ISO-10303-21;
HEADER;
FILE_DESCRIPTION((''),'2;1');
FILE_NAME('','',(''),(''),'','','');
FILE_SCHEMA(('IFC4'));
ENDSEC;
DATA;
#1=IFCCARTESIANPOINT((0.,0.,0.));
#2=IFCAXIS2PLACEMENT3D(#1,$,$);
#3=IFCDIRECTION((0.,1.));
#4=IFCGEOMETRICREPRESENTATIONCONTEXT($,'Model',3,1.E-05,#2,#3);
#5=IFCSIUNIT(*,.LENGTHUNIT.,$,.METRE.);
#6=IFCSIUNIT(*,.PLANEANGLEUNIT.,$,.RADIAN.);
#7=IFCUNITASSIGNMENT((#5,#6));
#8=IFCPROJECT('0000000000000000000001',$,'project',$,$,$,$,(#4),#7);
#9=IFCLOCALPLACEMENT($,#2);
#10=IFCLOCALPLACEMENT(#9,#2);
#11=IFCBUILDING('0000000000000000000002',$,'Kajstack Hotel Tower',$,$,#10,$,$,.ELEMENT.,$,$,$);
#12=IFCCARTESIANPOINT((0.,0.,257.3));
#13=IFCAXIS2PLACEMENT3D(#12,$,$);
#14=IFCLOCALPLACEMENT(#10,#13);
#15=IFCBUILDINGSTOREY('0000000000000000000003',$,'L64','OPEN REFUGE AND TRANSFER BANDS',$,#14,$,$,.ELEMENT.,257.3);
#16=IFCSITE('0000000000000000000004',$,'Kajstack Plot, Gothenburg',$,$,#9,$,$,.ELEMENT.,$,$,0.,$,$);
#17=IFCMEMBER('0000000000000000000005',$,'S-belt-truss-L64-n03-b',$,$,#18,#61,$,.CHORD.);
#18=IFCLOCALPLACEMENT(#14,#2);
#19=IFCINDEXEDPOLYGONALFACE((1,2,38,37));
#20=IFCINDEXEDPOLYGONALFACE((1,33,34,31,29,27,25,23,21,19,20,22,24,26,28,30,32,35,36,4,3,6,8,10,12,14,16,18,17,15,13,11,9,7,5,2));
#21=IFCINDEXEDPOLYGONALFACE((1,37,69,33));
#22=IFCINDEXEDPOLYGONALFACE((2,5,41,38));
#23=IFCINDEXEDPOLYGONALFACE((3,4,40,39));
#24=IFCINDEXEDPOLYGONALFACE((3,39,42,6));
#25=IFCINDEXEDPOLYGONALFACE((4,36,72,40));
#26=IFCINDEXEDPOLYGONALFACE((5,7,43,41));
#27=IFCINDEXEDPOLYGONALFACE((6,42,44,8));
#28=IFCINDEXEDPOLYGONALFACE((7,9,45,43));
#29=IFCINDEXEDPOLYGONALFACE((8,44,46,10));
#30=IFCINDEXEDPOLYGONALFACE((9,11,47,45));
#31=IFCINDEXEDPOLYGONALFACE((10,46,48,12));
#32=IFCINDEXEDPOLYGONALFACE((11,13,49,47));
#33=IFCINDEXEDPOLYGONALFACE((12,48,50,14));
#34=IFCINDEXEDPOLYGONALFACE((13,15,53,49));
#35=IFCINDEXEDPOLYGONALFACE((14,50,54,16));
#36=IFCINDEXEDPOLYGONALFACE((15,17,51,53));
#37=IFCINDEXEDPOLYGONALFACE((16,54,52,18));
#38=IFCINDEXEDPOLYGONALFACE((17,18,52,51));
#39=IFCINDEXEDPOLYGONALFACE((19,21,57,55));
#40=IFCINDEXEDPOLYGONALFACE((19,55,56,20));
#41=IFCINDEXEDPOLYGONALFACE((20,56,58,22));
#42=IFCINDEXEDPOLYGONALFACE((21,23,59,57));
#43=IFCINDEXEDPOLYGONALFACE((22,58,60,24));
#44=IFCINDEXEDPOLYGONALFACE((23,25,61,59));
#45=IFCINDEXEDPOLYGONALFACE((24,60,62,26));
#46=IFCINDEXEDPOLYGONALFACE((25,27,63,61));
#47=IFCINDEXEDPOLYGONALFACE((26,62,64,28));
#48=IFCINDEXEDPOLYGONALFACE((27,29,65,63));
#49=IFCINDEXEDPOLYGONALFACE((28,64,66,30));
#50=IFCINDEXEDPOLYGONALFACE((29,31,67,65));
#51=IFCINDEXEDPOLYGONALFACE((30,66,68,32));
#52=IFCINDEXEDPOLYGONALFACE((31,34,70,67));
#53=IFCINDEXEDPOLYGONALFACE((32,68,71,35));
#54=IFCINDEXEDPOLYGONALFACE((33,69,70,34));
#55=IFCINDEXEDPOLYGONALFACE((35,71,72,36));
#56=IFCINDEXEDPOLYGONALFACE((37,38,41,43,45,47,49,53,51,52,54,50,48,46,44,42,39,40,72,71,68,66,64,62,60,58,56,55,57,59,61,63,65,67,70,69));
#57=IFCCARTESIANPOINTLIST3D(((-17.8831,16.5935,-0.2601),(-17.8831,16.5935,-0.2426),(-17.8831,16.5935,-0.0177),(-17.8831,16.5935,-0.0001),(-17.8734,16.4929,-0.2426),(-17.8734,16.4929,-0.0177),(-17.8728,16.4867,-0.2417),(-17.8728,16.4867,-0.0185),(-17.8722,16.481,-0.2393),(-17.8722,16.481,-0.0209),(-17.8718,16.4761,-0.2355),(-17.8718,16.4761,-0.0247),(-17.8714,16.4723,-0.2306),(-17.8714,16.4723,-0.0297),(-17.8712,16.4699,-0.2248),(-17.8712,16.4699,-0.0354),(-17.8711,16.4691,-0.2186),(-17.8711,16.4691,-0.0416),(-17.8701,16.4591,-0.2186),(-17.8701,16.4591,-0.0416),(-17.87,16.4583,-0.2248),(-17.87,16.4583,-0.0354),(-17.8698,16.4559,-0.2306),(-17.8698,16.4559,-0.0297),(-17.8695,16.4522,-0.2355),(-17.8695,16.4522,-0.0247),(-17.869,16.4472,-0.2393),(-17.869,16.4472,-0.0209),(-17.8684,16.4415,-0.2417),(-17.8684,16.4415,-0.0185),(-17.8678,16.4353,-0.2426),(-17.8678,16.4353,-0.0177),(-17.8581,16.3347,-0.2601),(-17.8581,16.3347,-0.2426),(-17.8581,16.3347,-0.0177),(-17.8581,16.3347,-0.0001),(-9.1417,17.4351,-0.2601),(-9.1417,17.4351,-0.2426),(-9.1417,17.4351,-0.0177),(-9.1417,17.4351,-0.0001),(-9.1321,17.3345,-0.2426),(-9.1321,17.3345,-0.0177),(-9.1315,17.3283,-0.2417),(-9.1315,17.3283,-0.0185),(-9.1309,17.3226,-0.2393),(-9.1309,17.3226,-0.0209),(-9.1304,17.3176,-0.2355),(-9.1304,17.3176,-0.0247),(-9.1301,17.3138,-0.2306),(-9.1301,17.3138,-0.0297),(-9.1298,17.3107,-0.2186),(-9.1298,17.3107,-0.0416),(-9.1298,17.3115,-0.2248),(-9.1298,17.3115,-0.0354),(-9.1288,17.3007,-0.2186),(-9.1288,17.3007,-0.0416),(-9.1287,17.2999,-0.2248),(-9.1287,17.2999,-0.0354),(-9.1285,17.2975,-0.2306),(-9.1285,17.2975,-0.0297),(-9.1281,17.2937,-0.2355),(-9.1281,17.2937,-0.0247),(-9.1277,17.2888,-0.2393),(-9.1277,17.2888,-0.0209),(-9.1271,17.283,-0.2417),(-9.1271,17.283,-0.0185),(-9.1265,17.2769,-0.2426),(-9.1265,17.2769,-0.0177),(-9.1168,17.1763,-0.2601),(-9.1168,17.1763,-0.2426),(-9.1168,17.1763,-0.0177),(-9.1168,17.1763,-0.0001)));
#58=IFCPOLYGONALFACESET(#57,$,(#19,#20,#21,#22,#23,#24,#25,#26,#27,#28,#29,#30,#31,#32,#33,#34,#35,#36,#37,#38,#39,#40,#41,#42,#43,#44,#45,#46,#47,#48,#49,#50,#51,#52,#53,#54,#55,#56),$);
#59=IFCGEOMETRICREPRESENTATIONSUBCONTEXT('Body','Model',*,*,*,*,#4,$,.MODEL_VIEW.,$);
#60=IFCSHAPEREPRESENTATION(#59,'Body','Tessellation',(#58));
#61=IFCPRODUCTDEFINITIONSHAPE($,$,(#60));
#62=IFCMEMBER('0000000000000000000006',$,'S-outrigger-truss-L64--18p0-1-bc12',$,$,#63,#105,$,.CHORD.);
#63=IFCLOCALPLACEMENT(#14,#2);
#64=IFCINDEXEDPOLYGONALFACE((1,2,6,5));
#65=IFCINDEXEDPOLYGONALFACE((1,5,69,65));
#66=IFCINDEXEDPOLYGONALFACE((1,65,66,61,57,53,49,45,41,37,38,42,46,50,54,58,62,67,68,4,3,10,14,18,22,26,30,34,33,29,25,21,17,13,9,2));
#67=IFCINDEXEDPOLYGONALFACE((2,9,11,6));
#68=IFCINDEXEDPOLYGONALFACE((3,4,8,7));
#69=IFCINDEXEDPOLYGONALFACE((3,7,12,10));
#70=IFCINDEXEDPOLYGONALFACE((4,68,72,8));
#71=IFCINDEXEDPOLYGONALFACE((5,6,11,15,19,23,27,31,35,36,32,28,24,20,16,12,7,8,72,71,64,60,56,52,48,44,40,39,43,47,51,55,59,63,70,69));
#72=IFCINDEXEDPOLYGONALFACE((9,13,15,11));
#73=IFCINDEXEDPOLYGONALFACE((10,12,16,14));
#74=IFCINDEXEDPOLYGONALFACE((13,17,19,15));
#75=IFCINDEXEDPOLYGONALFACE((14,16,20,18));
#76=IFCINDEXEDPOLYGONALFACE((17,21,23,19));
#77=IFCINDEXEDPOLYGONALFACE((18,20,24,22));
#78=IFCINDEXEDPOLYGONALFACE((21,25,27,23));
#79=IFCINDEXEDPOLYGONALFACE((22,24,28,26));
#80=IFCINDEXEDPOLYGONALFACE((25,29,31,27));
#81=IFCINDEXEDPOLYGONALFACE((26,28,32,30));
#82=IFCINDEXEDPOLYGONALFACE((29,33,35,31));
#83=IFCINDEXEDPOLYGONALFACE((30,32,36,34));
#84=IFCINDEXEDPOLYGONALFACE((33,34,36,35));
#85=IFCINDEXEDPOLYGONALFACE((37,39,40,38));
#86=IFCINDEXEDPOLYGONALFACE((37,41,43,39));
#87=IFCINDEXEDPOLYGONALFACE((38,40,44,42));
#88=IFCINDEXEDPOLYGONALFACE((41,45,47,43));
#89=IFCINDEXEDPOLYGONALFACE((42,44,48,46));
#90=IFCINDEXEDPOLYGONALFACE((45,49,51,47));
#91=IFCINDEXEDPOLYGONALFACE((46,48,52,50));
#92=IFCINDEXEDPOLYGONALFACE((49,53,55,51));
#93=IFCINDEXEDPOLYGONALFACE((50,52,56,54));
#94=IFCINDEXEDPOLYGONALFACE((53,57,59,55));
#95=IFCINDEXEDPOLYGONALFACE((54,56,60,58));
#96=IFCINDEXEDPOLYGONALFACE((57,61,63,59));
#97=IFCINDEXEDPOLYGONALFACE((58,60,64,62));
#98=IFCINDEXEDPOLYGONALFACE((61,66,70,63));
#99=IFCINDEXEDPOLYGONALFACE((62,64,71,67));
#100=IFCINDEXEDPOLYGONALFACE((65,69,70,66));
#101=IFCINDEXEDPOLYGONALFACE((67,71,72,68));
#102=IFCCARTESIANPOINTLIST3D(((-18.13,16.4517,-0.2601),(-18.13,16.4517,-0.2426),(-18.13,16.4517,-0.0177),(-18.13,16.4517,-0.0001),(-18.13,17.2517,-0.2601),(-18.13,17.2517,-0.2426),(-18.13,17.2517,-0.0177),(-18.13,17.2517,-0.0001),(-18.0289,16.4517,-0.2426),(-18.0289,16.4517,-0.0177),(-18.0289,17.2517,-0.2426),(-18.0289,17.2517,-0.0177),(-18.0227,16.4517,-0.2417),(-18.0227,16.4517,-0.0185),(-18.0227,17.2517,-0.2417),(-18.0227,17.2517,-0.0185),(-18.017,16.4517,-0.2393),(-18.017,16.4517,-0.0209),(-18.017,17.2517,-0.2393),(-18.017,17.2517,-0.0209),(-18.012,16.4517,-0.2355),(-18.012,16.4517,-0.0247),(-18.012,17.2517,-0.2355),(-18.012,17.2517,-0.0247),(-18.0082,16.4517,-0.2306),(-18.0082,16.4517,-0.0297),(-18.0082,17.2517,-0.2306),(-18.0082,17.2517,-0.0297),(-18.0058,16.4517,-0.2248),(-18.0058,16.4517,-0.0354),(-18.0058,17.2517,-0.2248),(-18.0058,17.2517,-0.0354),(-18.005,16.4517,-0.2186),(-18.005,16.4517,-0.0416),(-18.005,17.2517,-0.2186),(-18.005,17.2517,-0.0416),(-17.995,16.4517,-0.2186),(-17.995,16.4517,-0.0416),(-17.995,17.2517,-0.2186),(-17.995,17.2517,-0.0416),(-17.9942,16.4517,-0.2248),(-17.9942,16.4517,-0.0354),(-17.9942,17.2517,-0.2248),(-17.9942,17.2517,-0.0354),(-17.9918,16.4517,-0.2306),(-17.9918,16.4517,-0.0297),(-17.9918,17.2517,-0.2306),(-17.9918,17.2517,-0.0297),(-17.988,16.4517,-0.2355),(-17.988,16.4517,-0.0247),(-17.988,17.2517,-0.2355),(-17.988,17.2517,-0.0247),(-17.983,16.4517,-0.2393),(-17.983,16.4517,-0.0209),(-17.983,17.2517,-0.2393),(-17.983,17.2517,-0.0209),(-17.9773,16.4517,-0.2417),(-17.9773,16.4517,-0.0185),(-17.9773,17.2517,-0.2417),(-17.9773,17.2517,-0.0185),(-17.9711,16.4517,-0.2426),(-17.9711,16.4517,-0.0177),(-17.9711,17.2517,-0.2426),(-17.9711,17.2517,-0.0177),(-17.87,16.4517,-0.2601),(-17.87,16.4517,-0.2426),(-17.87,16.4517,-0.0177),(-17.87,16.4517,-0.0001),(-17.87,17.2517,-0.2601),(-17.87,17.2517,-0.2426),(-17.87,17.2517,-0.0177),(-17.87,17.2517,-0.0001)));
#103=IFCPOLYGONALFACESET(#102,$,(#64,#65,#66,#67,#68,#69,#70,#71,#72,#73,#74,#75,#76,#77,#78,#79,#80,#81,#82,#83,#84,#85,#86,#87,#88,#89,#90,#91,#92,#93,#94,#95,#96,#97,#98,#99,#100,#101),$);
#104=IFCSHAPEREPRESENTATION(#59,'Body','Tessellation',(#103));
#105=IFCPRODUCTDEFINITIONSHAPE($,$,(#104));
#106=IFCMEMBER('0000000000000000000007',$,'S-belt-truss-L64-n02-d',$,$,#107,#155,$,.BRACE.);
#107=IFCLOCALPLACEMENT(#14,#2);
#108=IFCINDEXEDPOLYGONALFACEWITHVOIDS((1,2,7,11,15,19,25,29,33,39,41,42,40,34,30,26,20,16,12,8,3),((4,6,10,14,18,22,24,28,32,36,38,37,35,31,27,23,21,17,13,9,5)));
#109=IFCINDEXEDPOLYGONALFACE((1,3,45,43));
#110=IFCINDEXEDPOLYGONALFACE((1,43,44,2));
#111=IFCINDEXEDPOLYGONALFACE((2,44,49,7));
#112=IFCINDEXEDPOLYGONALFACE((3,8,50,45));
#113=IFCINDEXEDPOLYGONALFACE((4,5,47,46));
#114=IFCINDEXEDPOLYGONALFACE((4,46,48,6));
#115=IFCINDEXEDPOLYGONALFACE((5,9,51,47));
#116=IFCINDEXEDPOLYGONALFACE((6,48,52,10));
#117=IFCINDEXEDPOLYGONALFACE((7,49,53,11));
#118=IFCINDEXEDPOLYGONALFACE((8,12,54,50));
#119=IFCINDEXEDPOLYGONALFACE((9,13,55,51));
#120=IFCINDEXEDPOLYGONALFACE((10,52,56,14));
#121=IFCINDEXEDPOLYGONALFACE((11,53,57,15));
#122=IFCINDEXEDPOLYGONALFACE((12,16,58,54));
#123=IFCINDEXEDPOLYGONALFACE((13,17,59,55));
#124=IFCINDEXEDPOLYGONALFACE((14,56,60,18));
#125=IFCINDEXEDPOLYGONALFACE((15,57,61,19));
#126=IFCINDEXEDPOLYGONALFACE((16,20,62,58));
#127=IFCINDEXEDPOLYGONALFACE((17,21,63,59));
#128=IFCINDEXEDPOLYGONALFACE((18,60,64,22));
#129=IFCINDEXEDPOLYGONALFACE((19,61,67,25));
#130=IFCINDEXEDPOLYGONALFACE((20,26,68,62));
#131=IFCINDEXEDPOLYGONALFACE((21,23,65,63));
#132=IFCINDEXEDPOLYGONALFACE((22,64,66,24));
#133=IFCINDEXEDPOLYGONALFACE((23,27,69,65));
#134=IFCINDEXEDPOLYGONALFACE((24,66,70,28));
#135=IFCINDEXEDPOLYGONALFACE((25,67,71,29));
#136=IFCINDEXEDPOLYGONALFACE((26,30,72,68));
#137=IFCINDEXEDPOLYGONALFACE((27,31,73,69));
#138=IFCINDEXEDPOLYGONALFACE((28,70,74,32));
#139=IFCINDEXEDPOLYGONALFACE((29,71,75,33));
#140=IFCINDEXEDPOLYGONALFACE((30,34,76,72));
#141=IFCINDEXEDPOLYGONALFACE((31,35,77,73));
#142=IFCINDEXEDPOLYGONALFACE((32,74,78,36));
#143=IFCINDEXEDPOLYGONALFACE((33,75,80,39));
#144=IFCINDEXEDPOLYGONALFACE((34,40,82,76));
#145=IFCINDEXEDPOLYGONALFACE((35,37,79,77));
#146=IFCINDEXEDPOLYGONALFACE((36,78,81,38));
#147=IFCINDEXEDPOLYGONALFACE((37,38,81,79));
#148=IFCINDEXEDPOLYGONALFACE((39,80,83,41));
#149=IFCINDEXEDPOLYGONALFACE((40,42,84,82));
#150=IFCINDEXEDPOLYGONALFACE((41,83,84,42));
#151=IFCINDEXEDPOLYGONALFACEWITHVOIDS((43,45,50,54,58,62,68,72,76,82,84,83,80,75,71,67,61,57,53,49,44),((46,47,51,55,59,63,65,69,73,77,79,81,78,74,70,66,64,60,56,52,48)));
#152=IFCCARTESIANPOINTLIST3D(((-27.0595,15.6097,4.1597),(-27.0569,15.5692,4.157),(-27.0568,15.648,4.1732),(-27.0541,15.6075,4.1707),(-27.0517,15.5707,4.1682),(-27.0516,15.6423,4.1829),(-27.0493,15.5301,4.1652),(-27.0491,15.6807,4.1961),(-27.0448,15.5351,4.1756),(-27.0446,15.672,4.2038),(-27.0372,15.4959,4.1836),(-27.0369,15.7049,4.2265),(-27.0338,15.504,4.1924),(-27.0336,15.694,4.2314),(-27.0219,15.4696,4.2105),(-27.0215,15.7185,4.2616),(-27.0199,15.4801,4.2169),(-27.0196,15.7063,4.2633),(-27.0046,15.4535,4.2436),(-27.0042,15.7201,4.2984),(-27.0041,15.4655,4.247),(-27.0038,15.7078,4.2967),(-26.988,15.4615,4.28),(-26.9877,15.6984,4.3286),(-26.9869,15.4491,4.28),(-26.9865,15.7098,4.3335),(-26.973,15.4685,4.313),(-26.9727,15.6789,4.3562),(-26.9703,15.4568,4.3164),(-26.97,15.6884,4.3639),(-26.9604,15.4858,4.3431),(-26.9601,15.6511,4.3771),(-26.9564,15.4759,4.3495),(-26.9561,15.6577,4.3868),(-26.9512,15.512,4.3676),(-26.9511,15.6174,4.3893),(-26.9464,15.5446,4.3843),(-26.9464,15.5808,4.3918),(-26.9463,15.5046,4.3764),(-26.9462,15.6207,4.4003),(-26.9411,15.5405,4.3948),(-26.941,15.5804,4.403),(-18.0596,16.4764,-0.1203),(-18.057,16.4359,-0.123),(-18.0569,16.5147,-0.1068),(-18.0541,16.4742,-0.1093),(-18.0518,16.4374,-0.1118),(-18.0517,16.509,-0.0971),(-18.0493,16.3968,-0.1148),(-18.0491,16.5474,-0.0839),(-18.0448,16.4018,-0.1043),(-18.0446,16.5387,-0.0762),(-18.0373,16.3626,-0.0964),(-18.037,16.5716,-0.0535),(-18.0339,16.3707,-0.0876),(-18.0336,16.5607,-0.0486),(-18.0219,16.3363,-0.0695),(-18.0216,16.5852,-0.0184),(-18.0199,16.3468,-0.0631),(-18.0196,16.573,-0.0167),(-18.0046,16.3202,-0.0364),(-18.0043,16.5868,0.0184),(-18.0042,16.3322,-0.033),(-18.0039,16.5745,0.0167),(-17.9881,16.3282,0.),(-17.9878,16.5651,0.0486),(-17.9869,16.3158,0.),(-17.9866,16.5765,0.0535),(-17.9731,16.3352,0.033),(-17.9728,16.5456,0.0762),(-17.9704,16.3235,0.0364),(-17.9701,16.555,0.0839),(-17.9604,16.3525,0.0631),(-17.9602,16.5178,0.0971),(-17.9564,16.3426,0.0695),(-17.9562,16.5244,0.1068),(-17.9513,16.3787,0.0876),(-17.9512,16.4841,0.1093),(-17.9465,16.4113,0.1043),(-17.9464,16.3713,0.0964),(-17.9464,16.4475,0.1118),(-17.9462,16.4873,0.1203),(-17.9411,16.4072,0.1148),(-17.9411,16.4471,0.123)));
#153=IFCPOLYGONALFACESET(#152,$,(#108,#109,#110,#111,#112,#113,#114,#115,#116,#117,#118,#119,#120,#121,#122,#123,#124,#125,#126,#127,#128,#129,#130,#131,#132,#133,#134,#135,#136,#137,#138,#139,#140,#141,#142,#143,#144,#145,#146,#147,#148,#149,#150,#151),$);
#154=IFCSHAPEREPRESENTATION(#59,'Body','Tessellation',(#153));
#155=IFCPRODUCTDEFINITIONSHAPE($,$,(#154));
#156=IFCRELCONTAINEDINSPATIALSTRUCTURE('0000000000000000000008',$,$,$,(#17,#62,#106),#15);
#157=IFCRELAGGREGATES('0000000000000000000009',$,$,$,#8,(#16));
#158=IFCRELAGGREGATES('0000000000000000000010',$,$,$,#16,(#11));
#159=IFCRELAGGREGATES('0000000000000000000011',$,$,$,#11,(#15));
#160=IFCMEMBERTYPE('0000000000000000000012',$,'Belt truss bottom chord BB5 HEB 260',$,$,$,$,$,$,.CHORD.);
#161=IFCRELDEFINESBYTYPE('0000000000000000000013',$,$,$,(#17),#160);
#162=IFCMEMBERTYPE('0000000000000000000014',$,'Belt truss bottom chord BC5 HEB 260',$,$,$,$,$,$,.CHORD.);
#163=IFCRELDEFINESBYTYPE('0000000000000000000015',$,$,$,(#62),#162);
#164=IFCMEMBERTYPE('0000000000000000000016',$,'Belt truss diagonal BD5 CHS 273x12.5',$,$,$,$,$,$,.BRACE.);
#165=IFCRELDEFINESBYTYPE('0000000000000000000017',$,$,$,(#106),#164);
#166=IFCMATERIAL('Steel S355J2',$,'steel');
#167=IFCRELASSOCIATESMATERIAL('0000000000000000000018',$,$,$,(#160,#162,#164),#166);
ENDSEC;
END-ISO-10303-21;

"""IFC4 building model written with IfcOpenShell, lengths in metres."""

from ifc_helpers import new_model, si_unit, direction, frame, origin, origin_2d, place, context, subcontext, project, spatial, hollow_circle, i_section, extrude, material, material_profile, profile_set, type_object, element, save


model = new_model("IFC4")

# Units and contexts
model_context = context("Model", 3, precision=1e-05, world=origin(), true_north=direction((0.0, 1.0)))
body_context = subcontext(model_context, "Body", "Model", "MODEL_VIEW")
ifc_project = project(units=[si_unit("LENGTHUNIT", "METRE"), si_unit("PLANEANGLEUNIT", "RADIAN")], contexts=[model_context])

# Site, building, storey
site_placement = place(None, origin())
site = spatial("IfcSite", under=ifc_project, at=site_placement, Name="Kajstack Plot, Gothenburg", CompositionType="ELEMENT", RefElevation=0.0)
building_placement = place(site_placement, origin())
building = spatial("IfcBuilding", under=site, at=building_placement, Name="Kajstack Hotel Tower", CompositionType="ELEMENT")
storey_placement = place(building_placement, frame((0.0, 0.0, 257.3)))
storey = spatial("IfcBuildingStorey", under=building, at=storey_placement, Name="L64", Description="OPEN REFUGE AND TRANSFER BANDS", CompositionType="ELEMENT", Elevation=257.3)

# Members
ifc_material = material(Name="Steel S355J2", Category="steel")
ifc_material_profile_1 = material_profile(ifc_material, i_section(OverallWidth=0.26, OverallDepth=0.26, WebThickness=0.01, FlangeThickness=0.0176, FilletRadius=0.0239, at=origin_2d()), Name="HEB 260")
ifc_profile_set_1 = profile_set([ifc_material_profile_1], Name="Steel S355J2")
member_type_1 = type_object("IfcMemberType", Name="Belt truss bottom chord BB5 HEB 260", PredefinedType="CHORD", material=ifc_profile_set_1)
member_1_placement = place(storey_placement, frame((-17.8706, 16.4641, -0.1301), z_axis=(0.995398, 0.095831, 0.0), x_axis=(-0.095831, 0.995398, 0.0)))
element("IfcMember", 1, at=member_1_placement, inside=storey, type_object=member_type_1, Name="S-belt-truss-L64-n03-b", PredefinedType="CHORD", context=body_context, shape_type="SweptSolid", body=[
    extrude(i_section(OverallWidth=0.26, OverallDepth=0.26, WebThickness=0.01, FlangeThickness=0.0176, FilletRadius=0.0239, at=origin_2d()), origin(), (0.0, 0.0, 1.0), 8.7817),
])
ifc_material_profile_2 = material_profile(ifc_material, i_section(OverallWidth=0.26, OverallDepth=0.26, WebThickness=0.01, FlangeThickness=0.0176, FilletRadius=0.0239, at=origin_2d()), Name="HEB 260")
ifc_profile_set_2 = profile_set([ifc_material_profile_2], Name="Steel S355J2")
member_type_2 = type_object("IfcMemberType", Name="Belt truss bottom chord BC5 HEB 260", PredefinedType="CHORD", material=ifc_profile_set_2)
member_2_placement = place(storey_placement, frame((-18.0, 16.4517, -0.1301), z_axis=(0.0, 1.0, 0.0), x_axis=(-1.0, 0.0, 0.0)))
element("IfcMember", 2, at=member_2_placement, inside=storey, type_object=member_type_2, Name="S-outrigger-truss-L64--18p0-1-bc12", PredefinedType="CHORD", context=body_context, shape_type="SweptSolid", body=[
    extrude(i_section(OverallWidth=0.26, OverallDepth=0.26, WebThickness=0.01, FlangeThickness=0.0176, FilletRadius=0.0239, at=origin_2d()), origin(), (0.0, 0.0, 1.0), 0.8),
])
ifc_material_profile_3 = material_profile(ifc_material, hollow_circle(Radius=0.1365, WallThickness=0.0125, at=origin_2d()), Name="CHS 273x12.5")
ifc_profile_set_3 = profile_set([ifc_material_profile_3], Name="Steel S355J2")
member_type_3 = type_object("IfcMemberType", Name="Belt truss diagonal BD5 CHS 273x12.5", PredefinedType="BRACE", material=ifc_profile_set_3)
for number, where, z_axis, x_axis, name in (
    (3, (-18.0, 16.4517, 0.0), (-0.899686, -0.08664, 0.427854), (0.095856, -0.995395, 0.0), "S-belt-truss-L64-n02-d"),
):
    element("IfcMember", number, at=place(storey_placement, frame(where, z_axis=z_axis, x_axis=x_axis)), inside=storey, type_object=member_type_3, Name=name, PredefinedType="BRACE", context=body_context, shape_type="SweptSolid", body=[
        extrude(hollow_circle(Radius=0.1365, WallThickness=0.0125, at=origin_2d()), origin(), (0.0, 0.0, 1.0), 10.0034),
    ])

save(model, "model.ifc")
